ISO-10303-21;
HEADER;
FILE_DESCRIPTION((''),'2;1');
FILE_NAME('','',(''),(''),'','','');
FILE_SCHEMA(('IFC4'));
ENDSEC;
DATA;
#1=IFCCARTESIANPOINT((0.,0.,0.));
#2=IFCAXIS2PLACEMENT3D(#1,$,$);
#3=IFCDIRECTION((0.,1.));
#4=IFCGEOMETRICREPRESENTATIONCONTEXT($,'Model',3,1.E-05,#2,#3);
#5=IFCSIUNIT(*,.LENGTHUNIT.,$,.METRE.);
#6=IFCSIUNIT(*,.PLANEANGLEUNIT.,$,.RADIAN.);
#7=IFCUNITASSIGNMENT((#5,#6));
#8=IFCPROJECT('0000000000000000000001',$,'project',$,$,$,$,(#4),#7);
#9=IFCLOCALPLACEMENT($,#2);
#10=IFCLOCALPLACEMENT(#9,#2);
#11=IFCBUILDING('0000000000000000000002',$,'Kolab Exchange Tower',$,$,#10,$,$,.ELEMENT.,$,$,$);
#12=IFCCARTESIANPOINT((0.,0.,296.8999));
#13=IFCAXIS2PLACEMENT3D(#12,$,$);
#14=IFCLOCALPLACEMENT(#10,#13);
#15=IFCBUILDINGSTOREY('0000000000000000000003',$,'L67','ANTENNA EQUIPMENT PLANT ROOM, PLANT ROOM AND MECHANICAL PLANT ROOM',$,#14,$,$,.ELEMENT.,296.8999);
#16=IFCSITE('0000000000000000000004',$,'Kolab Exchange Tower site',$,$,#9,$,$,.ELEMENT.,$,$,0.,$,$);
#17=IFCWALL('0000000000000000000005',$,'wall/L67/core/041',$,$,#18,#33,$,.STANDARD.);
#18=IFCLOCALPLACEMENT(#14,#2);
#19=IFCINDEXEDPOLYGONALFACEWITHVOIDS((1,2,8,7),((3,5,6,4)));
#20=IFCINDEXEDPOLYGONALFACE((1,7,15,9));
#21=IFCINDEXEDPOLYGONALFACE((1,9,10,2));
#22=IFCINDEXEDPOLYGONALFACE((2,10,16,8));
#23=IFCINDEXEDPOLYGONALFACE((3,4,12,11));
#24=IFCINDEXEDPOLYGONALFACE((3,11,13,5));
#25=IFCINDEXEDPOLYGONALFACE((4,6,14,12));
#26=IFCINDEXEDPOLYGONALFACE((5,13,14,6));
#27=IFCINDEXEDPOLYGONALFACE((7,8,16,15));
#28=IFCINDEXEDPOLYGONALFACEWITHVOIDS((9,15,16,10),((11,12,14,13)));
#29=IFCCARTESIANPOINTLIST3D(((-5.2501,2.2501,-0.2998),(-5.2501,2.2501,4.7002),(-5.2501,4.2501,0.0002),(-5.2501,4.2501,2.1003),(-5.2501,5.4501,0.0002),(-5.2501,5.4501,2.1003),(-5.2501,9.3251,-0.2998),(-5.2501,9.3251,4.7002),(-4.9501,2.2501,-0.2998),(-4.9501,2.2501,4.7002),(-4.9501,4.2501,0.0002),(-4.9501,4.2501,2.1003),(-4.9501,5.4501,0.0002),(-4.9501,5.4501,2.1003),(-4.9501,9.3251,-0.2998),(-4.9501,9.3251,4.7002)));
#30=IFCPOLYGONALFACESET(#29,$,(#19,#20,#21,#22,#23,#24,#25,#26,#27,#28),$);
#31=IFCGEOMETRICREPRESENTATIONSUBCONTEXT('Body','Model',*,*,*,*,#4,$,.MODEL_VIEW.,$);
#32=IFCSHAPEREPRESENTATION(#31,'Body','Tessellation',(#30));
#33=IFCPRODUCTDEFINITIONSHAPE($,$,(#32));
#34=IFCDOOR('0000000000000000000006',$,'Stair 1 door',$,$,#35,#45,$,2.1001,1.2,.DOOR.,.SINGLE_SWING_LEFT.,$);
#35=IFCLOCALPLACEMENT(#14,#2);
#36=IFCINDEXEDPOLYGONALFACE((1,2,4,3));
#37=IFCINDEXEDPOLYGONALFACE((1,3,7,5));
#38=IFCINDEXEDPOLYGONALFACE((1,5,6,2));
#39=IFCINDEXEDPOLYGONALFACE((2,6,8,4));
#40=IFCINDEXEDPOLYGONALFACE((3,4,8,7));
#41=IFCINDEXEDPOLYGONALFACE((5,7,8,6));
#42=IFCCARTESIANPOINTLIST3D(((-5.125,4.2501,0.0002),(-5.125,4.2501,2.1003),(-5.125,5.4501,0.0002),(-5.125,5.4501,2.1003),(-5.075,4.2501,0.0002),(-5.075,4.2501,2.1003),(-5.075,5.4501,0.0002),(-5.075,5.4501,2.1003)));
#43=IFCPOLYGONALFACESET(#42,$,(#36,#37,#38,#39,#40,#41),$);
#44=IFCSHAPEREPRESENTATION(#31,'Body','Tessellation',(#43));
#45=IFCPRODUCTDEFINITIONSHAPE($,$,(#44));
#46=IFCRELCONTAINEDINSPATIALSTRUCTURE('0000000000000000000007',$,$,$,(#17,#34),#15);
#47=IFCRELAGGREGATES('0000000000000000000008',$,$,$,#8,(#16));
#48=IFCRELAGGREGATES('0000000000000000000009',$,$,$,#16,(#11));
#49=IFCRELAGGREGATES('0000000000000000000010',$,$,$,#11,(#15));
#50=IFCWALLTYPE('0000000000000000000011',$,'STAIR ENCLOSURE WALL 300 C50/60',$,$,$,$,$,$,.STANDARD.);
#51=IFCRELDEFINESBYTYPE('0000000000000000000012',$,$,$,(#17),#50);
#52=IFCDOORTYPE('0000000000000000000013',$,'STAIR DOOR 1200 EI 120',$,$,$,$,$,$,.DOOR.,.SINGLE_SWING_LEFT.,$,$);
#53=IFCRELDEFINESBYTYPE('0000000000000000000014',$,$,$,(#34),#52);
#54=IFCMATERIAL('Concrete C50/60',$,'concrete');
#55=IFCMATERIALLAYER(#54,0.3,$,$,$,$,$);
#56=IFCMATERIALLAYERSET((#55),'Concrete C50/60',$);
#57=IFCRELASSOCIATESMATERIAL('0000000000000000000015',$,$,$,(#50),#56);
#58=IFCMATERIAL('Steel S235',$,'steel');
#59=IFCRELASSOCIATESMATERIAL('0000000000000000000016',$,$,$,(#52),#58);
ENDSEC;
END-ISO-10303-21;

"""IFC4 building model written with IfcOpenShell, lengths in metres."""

from ifc_helpers import new_model, si_unit, direction, frame, frame_2d, origin, place, context, subcontext, project, spatial, rectangle, extrude, material, layer, layer_set, type_object, element, fill, save


model = new_model("IFC4")

# Units and contexts
model_context = context("Model", 3, precision=1e-05, world=origin(), true_north=direction((0.0, 1.0)))
body_context = subcontext(model_context, "Body", "Model", "MODEL_VIEW")
ifc_project = project(units=[si_unit("LENGTHUNIT", "METRE"), si_unit("PLANEANGLEUNIT", "RADIAN")], contexts=[model_context])

# Site, building, storey
site_placement = place(None, origin())
site = spatial("IfcSite", under=ifc_project, at=site_placement, Name="Kolab Exchange Tower site", CompositionType="ELEMENT", RefElevation=0.0)
building_placement = place(site_placement, origin())
building = spatial("IfcBuilding", under=site, at=building_placement, Name="Kolab Exchange Tower", CompositionType="ELEMENT")
storey_placement = place(building_placement, frame((0.0, 0.0, 296.8999)))
storey = spatial("IfcBuildingStorey", under=building, at=storey_placement, Name="L67", Description="ANTENNA EQUIPMENT PLANT ROOM, PLANT ROOM AND MECHANICAL PLANT ROOM", CompositionType="ELEMENT", Elevation=296.8999)

# Shared definitions
ifc_material_1 = material(Name="Concrete C50/60", Category="concrete")

# Wall, opening, door
ifc_material_2 = material(Name="Steel S235", Category="steel")
ifc_layer_1 = layer(ifc_material_1, 0.3)
ifc_layer_set_1 = layer_set([ifc_layer_1], Name="Concrete C50/60")
wall_type_1 = type_object("IfcWallType", Name="STAIR ENCLOSURE WALL 300 C50/60", PredefinedType="STANDARD", material=ifc_layer_set_1)
door_type_1 = type_object("IfcDoorType", Name="STAIR DOOR 1200 EI 120", OperationType="SINGLE_SWING_LEFT", PredefinedType="DOOR", material=ifc_material_2)
wall_1_placement = place(storey_placement, frame((-5.1001, 2.25, -0.2998), z_axis=(0.0, 0.0, 1.0), x_axis=(0.0, 1.0, 0.0)))
wall_1 = element("IfcWall", 1, at=wall_1_placement, inside=storey, type_object=wall_type_1, Name="wall/L67/core/041", PredefinedType="STANDARD", context=body_context, shape_type="SweptSolid", body=[
    extrude(rectangle(XDim=7.075, YDim=0.3, at=frame_2d((3.5376, 0.0))), origin(), (0.0, 0.0, 1.0), 5.0),
])
opening_1_placement = place(wall_1_placement, frame((2.0, 0.0, 0.3)))
opening_1 = element("IfcOpeningElement", 2, at=opening_1_placement, cuts=wall_1, PredefinedType="OPENING", context=body_context, shape_type="SweptSolid", body=[
    extrude(rectangle(XDim=1.2, YDim=2.1001, at=frame_2d((0.6001, 1.05))), frame((0.0, 0.1602, 0.0), z_axis=(0.0, -1.0, 0.0), x_axis=(1.0, 0.0, 0.0)), (0.0, 0.0, 1.0), 0.3201),
])
door_1_placement = place(opening_1_placement, origin())
door_1 = element("IfcDoor", 3, at=door_1_placement, inside=storey, type_object=door_type_1, Name="Stair 1 door", OperationType="SINGLE_SWING_LEFT", OverallHeight=2.1001, OverallWidth=1.2, PredefinedType="DOOR", context=body_context, shape_type="SweptSolid", body=[
    extrude(rectangle(XDim=1.2, YDim=2.1001, at=frame_2d((0.6001, 1.05))), frame((0.0, 0.0249, 0.0), z_axis=(0.0, -1.0, 0.0), x_axis=(1.0, 0.0, 0.0)), (0.0, 0.0, 1.0), 0.05),
])
fill(opening_1, door_1)

save(model, "model.ifc")
